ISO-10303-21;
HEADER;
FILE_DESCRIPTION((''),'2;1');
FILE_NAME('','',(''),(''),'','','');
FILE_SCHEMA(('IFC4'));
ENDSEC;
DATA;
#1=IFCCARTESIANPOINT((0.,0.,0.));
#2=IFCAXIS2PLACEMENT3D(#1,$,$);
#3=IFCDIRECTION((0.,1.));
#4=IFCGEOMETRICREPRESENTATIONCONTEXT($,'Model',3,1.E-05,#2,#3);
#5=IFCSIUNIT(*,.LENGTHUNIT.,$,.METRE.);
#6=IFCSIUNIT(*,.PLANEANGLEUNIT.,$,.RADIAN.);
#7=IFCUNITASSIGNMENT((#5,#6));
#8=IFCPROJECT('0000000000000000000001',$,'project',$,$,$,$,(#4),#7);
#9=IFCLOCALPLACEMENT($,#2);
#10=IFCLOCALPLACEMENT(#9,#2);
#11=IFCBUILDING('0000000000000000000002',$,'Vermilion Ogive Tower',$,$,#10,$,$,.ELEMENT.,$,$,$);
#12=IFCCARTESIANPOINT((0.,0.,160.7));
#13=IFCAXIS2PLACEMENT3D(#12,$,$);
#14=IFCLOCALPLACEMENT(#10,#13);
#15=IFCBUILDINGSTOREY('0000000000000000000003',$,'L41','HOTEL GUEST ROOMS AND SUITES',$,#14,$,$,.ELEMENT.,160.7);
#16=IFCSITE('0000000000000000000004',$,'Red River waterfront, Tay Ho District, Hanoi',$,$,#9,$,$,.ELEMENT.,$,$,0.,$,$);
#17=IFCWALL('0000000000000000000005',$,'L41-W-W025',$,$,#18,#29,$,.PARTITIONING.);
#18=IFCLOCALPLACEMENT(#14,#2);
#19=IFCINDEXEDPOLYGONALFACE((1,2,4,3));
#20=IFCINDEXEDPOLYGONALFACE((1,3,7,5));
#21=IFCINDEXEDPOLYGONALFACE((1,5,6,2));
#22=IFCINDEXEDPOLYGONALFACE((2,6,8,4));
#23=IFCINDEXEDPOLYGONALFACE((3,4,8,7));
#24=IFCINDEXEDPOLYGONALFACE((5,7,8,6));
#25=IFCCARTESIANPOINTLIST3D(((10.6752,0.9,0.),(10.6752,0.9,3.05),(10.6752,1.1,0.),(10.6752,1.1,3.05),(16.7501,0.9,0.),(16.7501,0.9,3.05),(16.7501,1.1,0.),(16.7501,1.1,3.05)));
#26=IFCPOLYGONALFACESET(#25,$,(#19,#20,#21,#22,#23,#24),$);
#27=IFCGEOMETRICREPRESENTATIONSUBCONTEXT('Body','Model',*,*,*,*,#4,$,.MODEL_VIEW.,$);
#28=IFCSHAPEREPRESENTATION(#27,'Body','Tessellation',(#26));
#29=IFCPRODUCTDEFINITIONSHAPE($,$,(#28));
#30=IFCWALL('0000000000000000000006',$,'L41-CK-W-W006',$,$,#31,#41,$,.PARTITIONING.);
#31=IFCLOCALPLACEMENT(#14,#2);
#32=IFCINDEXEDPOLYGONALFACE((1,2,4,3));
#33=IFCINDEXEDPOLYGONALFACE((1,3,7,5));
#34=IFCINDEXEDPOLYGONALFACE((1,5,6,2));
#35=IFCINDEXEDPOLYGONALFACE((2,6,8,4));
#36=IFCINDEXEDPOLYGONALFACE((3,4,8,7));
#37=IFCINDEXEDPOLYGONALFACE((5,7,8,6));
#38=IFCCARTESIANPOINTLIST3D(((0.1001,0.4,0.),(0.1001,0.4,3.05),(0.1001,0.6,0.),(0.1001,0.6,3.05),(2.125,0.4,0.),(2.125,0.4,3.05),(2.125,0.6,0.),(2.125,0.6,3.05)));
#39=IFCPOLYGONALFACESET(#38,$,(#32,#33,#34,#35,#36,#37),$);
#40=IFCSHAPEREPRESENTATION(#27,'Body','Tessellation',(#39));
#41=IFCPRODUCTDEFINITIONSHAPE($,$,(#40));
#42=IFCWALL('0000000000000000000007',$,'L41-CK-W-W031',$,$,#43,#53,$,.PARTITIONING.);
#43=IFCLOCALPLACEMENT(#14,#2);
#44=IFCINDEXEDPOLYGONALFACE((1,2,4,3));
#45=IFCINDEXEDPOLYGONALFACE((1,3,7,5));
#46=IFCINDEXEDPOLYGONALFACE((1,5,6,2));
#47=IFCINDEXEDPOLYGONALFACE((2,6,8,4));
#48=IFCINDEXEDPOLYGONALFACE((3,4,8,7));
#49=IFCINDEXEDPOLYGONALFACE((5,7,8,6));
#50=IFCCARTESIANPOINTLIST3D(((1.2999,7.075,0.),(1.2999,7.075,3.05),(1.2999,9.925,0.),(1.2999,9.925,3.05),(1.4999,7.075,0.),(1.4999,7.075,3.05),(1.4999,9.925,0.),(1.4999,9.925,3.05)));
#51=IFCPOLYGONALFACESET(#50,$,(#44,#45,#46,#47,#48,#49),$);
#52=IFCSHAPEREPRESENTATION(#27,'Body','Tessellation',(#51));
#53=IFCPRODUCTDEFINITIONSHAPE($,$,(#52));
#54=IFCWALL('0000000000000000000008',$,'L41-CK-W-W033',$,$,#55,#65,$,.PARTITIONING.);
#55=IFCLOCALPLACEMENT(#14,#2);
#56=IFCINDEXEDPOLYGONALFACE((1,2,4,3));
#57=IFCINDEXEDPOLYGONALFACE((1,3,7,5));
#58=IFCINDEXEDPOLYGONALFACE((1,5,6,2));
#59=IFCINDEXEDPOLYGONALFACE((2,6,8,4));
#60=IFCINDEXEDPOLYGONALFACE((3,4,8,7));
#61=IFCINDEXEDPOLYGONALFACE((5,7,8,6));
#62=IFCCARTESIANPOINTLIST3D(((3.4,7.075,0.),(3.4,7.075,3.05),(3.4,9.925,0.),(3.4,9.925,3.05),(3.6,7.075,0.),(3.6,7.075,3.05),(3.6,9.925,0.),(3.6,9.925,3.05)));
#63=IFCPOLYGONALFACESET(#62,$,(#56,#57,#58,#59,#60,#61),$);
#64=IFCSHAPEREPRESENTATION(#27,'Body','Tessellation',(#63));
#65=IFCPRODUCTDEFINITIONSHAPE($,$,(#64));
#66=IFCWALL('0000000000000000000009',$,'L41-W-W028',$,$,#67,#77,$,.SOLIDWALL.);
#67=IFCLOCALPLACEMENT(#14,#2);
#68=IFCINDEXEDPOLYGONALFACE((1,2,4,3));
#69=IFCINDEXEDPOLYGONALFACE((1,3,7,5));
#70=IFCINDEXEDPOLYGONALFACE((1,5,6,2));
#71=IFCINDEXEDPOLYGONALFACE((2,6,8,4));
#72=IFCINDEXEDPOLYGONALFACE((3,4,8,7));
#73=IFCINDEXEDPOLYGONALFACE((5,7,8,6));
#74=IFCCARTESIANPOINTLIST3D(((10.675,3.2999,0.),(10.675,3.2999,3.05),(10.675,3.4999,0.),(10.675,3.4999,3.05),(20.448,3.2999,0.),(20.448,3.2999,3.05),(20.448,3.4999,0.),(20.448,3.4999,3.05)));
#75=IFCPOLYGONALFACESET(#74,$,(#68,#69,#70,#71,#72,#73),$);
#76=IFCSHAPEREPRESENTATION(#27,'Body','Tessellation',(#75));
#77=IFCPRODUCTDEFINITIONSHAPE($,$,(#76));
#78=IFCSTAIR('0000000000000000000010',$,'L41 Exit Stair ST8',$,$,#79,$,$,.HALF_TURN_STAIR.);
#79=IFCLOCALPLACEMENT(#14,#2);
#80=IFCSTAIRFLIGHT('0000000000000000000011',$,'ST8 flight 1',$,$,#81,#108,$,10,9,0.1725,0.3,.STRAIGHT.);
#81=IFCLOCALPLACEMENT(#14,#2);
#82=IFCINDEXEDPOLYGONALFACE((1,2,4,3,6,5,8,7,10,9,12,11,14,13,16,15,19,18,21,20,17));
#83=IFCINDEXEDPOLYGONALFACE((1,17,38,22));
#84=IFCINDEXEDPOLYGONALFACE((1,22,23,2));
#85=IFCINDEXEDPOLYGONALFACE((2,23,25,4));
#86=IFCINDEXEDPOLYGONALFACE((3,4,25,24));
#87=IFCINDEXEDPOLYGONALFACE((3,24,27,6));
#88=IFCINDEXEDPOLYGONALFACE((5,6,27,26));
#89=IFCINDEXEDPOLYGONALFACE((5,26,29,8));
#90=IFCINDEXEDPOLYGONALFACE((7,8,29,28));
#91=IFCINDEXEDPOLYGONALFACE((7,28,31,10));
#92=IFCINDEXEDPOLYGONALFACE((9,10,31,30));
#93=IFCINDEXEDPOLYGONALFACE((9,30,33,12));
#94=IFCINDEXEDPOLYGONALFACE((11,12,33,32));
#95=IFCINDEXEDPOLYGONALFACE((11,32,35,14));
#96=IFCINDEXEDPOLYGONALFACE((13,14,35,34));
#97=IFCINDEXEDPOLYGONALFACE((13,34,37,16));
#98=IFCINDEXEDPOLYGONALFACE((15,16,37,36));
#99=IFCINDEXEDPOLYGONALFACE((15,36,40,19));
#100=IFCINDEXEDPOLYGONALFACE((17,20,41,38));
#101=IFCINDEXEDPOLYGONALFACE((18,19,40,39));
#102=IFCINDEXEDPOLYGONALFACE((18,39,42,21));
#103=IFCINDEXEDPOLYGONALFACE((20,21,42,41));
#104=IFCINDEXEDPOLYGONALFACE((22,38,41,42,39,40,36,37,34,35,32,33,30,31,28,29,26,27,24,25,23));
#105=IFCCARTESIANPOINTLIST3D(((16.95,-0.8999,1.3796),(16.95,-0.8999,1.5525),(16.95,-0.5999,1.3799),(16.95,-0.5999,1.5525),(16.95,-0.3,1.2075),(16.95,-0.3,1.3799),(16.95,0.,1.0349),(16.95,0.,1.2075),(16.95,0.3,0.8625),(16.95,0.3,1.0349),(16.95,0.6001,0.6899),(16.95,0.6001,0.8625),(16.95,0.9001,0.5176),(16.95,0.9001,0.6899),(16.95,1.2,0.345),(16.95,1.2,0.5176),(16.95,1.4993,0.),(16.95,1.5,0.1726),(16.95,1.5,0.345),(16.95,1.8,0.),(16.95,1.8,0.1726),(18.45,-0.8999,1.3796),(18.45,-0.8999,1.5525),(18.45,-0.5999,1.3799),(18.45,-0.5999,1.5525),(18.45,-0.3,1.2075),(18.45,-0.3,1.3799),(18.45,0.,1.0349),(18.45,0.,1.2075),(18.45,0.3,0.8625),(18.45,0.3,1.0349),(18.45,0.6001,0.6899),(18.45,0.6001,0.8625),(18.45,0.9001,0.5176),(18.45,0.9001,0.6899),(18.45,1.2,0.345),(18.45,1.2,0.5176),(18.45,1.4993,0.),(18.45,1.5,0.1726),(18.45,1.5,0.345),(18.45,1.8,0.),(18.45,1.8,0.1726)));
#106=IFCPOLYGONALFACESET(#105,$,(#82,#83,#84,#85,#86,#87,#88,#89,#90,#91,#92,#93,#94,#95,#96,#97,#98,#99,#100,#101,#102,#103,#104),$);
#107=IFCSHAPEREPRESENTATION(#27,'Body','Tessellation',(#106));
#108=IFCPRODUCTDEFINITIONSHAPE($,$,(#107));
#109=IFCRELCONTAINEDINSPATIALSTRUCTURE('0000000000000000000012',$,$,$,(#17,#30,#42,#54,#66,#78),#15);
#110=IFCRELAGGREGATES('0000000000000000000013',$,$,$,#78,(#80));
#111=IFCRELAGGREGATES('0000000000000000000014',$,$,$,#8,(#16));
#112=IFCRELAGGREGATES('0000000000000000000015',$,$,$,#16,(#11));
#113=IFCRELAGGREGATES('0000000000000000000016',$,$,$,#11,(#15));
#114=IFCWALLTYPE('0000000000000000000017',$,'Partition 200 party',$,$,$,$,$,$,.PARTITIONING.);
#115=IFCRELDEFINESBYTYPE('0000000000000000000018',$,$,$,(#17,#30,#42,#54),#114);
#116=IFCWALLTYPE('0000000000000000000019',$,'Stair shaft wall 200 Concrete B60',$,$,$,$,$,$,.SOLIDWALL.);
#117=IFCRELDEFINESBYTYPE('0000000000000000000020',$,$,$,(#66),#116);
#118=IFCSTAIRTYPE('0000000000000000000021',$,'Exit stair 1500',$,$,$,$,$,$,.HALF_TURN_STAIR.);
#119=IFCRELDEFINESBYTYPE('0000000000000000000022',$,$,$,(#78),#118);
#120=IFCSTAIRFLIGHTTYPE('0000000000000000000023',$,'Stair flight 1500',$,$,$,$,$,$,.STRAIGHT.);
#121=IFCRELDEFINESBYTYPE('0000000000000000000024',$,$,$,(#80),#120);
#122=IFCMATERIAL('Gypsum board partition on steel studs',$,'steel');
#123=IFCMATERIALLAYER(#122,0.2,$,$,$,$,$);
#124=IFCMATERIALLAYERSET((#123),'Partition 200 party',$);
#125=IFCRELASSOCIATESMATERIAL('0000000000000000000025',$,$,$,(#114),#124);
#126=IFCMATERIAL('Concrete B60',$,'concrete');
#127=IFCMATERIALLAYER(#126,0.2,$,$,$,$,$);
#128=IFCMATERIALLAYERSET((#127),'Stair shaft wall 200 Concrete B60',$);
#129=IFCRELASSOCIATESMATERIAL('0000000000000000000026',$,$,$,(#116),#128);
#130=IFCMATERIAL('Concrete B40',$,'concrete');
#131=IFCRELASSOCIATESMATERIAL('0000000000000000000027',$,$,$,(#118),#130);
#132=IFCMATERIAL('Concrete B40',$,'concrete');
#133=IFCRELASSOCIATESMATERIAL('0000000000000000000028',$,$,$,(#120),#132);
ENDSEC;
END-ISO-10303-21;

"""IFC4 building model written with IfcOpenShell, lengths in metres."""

from ifc_helpers import new_model, si_unit, direction, frame, frame_2d, origin, place, context, subcontext, project, spatial, polyline, rectangle, outline, extrude, material, layer, layer_set, type_object, element, aggregate, save


model = new_model("IFC4")

# Units and contexts
model_context = context("Model", 3, precision=1e-05, world=origin(), true_north=direction((0.0, 1.0)))
body_context = subcontext(model_context, "Body", "Model", "MODEL_VIEW")
ifc_project = project(units=[si_unit("LENGTHUNIT", "METRE"), si_unit("PLANEANGLEUNIT", "RADIAN")], contexts=[model_context])

# Site, building, storey
site_placement = place(None, origin())
site = spatial("IfcSite", under=ifc_project, at=site_placement, Name="Red River waterfront, Tay Ho District, Hanoi", CompositionType="ELEMENT", RefElevation=0.0)
building_placement = place(site_placement, origin())
building = spatial("IfcBuilding", under=site, at=building_placement, Name="Vermilion Ogive Tower", CompositionType="ELEMENT")
storey_placement = place(building_placement, frame((0.0, 0.0, 160.7)))
storey = spatial("IfcBuildingStorey", under=building, at=storey_placement, Name="L41", Description="HOTEL GUEST ROOMS AND SUITES", CompositionType="ELEMENT", Elevation=160.7)

# Walls
ifc_material_1 = material(Name="Gypsum board partition on steel studs", Category="steel")
ifc_layer_1 = layer(ifc_material_1, 0.2)
ifc_layer_set_1 = layer_set([ifc_layer_1], Name="Partition 200 party")
wall_type_1 = type_object("IfcWallType", Name="Partition 200 party", PredefinedType="PARTITIONING", material=ifc_layer_set_1)
wall_1_placement = place(storey_placement, frame((10.675, 1.0, 0.0), z_axis=(0.0, 0.0, 1.0), x_axis=(1.0, 0.0, 0.0)))
element("IfcWall", 1, at=wall_1_placement, inside=storey, type_object=wall_type_1, Name="L41-W-W025", PredefinedType="PARTITIONING", context=body_context, shape_type="SweptSolid", body=[
    extrude(rectangle(XDim=6.075, YDim=0.2, at=frame_2d((3.0376, 0.0))), origin(), (0.0, 0.0, 1.0), 3.05),
])
wall_2_placement = place(storey_placement, frame((0.1001, 0.5, 0.0), z_axis=(0.0, 0.0, 1.0), x_axis=(1.0, 0.0, 0.0)))
element("IfcWall", 2, at=wall_2_placement, inside=storey, type_object=wall_type_1, Name="L41-CK-W-W006", PredefinedType="PARTITIONING", context=body_context, shape_type="SweptSolid", body=[
    extrude(rectangle(XDim=2.0249, YDim=0.2, at=frame_2d((1.0125, 0.0))), origin(), (0.0, 0.0, 1.0), 3.05),
])
for number, where, z_axis, x_axis, name in (
    (3, (1.3999, 7.075, 0.0), (0.0, 0.0, 1.0), (0.0, 1.0, 0.0), "L41-CK-W-W031"),
    (4, (3.5, 7.075, 0.0), (0.0, 0.0, 1.0), (0.0, 1.0, 0.0), "L41-CK-W-W033"),
):
    element("IfcWall", number, at=place(storey_placement, frame(where, z_axis=z_axis, x_axis=x_axis)), inside=storey, type_object=wall_type_1, Name=name, PredefinedType="PARTITIONING", context=body_context, shape_type="SweptSolid", body=[
        extrude(rectangle(XDim=2.8501, YDim=0.2, at=frame_2d((1.425, 0.0))), origin(), (0.0, 0.0, 1.0), 3.05),
    ])
ifc_material_2 = material(Name="Concrete B60", Category="concrete")
ifc_layer_2 = layer(ifc_material_2, 0.2)
ifc_layer_set_2 = layer_set([ifc_layer_2], Name="Stair shaft wall 200 Concrete B60")
wall_type_2 = type_object("IfcWallType", Name="Stair shaft wall 200 Concrete B60", PredefinedType="SOLIDWALL", material=ifc_layer_set_2)
wall_3_placement = place(storey_placement, frame((10.675, 3.3999, 0.0), z_axis=(0.0, 0.0, 1.0), x_axis=(1.0, 0.0, 0.0)))
element("IfcWall", 5, at=wall_3_placement, inside=storey, type_object=wall_type_2, Name="L41-W-W028", PredefinedType="SOLIDWALL", context=body_context, shape_type="SweptSolid", body=[
    extrude(rectangle(XDim=9.7729, YDim=0.2, at=frame_2d((4.8865, 0.0))), origin(), (0.0, 0.0, 1.0), 3.05),
])

# Stair, stair flight
ifc_material_3 = material(Name="Concrete B40", Category="concrete")
stair_type = type_object("IfcStairType", Name="Exit stair 1500", PredefinedType="HALF_TURN_STAIR", material=ifc_material_3)
stair_placement = place(storey_placement, origin())
stair = element("IfcStair", 6, at=stair_placement, inside=storey, type_object=stair_type, Name="L41 Exit Stair ST8", PredefinedType="HALF_TURN_STAIR")
ifc_material_4 = material(Name="Concrete B40", Category="concrete")
stair_flight_type = type_object("IfcStairFlightType", Name="Stair flight 1500", PredefinedType="STRAIGHT", material=ifc_material_4)
stair_flight_placement = place(storey_placement, frame((17.7, 1.8, 0.0), z_axis=(0.0, 0.0, 1.0), x_axis=(0.0, -1.0, 0.0)))
stair_flight = element("IfcStairFlight", 7, at=stair_flight_placement, type_object=stair_flight_type, Name="ST8 flight 1", NumberOfRisers=10, NumberOfTreads=9, PredefinedType="STRAIGHT", RiserHeight=0.1725, TreadLength=0.3, context=body_context, shape_type="SweptSolid", body=[
    extrude(outline(polyline([(0.0, 0.0), (0.0, 0.1726), (0.3, 0.1726), (0.3, 0.345), (0.6001, 0.345), (0.6001, 0.5176), (0.8999, 0.5176), (0.8999, 0.6899), (1.2, 0.6899), (1.2, 0.8625), (1.5, 0.8625), (1.5, 1.0349), (1.8, 1.0349), (1.8, 1.2075), (2.1001, 1.2075), (2.1001, 1.3799), (2.3999, 1.3799), (2.3999, 1.5525), (2.7, 1.5525), (2.7, 1.7251), (2.7, 1.3796), (0.3008, 0.0), (0.0, 0.0)])), frame((0.0, 0.75, 0.0), z_axis=(0.0, -1.0, 0.0), x_axis=(1.0, 0.0, 0.0)), (0.0, 0.0, 1.0), 1.5),
])
aggregate(stair, [stair_flight])

save(model, "model.ifc")
